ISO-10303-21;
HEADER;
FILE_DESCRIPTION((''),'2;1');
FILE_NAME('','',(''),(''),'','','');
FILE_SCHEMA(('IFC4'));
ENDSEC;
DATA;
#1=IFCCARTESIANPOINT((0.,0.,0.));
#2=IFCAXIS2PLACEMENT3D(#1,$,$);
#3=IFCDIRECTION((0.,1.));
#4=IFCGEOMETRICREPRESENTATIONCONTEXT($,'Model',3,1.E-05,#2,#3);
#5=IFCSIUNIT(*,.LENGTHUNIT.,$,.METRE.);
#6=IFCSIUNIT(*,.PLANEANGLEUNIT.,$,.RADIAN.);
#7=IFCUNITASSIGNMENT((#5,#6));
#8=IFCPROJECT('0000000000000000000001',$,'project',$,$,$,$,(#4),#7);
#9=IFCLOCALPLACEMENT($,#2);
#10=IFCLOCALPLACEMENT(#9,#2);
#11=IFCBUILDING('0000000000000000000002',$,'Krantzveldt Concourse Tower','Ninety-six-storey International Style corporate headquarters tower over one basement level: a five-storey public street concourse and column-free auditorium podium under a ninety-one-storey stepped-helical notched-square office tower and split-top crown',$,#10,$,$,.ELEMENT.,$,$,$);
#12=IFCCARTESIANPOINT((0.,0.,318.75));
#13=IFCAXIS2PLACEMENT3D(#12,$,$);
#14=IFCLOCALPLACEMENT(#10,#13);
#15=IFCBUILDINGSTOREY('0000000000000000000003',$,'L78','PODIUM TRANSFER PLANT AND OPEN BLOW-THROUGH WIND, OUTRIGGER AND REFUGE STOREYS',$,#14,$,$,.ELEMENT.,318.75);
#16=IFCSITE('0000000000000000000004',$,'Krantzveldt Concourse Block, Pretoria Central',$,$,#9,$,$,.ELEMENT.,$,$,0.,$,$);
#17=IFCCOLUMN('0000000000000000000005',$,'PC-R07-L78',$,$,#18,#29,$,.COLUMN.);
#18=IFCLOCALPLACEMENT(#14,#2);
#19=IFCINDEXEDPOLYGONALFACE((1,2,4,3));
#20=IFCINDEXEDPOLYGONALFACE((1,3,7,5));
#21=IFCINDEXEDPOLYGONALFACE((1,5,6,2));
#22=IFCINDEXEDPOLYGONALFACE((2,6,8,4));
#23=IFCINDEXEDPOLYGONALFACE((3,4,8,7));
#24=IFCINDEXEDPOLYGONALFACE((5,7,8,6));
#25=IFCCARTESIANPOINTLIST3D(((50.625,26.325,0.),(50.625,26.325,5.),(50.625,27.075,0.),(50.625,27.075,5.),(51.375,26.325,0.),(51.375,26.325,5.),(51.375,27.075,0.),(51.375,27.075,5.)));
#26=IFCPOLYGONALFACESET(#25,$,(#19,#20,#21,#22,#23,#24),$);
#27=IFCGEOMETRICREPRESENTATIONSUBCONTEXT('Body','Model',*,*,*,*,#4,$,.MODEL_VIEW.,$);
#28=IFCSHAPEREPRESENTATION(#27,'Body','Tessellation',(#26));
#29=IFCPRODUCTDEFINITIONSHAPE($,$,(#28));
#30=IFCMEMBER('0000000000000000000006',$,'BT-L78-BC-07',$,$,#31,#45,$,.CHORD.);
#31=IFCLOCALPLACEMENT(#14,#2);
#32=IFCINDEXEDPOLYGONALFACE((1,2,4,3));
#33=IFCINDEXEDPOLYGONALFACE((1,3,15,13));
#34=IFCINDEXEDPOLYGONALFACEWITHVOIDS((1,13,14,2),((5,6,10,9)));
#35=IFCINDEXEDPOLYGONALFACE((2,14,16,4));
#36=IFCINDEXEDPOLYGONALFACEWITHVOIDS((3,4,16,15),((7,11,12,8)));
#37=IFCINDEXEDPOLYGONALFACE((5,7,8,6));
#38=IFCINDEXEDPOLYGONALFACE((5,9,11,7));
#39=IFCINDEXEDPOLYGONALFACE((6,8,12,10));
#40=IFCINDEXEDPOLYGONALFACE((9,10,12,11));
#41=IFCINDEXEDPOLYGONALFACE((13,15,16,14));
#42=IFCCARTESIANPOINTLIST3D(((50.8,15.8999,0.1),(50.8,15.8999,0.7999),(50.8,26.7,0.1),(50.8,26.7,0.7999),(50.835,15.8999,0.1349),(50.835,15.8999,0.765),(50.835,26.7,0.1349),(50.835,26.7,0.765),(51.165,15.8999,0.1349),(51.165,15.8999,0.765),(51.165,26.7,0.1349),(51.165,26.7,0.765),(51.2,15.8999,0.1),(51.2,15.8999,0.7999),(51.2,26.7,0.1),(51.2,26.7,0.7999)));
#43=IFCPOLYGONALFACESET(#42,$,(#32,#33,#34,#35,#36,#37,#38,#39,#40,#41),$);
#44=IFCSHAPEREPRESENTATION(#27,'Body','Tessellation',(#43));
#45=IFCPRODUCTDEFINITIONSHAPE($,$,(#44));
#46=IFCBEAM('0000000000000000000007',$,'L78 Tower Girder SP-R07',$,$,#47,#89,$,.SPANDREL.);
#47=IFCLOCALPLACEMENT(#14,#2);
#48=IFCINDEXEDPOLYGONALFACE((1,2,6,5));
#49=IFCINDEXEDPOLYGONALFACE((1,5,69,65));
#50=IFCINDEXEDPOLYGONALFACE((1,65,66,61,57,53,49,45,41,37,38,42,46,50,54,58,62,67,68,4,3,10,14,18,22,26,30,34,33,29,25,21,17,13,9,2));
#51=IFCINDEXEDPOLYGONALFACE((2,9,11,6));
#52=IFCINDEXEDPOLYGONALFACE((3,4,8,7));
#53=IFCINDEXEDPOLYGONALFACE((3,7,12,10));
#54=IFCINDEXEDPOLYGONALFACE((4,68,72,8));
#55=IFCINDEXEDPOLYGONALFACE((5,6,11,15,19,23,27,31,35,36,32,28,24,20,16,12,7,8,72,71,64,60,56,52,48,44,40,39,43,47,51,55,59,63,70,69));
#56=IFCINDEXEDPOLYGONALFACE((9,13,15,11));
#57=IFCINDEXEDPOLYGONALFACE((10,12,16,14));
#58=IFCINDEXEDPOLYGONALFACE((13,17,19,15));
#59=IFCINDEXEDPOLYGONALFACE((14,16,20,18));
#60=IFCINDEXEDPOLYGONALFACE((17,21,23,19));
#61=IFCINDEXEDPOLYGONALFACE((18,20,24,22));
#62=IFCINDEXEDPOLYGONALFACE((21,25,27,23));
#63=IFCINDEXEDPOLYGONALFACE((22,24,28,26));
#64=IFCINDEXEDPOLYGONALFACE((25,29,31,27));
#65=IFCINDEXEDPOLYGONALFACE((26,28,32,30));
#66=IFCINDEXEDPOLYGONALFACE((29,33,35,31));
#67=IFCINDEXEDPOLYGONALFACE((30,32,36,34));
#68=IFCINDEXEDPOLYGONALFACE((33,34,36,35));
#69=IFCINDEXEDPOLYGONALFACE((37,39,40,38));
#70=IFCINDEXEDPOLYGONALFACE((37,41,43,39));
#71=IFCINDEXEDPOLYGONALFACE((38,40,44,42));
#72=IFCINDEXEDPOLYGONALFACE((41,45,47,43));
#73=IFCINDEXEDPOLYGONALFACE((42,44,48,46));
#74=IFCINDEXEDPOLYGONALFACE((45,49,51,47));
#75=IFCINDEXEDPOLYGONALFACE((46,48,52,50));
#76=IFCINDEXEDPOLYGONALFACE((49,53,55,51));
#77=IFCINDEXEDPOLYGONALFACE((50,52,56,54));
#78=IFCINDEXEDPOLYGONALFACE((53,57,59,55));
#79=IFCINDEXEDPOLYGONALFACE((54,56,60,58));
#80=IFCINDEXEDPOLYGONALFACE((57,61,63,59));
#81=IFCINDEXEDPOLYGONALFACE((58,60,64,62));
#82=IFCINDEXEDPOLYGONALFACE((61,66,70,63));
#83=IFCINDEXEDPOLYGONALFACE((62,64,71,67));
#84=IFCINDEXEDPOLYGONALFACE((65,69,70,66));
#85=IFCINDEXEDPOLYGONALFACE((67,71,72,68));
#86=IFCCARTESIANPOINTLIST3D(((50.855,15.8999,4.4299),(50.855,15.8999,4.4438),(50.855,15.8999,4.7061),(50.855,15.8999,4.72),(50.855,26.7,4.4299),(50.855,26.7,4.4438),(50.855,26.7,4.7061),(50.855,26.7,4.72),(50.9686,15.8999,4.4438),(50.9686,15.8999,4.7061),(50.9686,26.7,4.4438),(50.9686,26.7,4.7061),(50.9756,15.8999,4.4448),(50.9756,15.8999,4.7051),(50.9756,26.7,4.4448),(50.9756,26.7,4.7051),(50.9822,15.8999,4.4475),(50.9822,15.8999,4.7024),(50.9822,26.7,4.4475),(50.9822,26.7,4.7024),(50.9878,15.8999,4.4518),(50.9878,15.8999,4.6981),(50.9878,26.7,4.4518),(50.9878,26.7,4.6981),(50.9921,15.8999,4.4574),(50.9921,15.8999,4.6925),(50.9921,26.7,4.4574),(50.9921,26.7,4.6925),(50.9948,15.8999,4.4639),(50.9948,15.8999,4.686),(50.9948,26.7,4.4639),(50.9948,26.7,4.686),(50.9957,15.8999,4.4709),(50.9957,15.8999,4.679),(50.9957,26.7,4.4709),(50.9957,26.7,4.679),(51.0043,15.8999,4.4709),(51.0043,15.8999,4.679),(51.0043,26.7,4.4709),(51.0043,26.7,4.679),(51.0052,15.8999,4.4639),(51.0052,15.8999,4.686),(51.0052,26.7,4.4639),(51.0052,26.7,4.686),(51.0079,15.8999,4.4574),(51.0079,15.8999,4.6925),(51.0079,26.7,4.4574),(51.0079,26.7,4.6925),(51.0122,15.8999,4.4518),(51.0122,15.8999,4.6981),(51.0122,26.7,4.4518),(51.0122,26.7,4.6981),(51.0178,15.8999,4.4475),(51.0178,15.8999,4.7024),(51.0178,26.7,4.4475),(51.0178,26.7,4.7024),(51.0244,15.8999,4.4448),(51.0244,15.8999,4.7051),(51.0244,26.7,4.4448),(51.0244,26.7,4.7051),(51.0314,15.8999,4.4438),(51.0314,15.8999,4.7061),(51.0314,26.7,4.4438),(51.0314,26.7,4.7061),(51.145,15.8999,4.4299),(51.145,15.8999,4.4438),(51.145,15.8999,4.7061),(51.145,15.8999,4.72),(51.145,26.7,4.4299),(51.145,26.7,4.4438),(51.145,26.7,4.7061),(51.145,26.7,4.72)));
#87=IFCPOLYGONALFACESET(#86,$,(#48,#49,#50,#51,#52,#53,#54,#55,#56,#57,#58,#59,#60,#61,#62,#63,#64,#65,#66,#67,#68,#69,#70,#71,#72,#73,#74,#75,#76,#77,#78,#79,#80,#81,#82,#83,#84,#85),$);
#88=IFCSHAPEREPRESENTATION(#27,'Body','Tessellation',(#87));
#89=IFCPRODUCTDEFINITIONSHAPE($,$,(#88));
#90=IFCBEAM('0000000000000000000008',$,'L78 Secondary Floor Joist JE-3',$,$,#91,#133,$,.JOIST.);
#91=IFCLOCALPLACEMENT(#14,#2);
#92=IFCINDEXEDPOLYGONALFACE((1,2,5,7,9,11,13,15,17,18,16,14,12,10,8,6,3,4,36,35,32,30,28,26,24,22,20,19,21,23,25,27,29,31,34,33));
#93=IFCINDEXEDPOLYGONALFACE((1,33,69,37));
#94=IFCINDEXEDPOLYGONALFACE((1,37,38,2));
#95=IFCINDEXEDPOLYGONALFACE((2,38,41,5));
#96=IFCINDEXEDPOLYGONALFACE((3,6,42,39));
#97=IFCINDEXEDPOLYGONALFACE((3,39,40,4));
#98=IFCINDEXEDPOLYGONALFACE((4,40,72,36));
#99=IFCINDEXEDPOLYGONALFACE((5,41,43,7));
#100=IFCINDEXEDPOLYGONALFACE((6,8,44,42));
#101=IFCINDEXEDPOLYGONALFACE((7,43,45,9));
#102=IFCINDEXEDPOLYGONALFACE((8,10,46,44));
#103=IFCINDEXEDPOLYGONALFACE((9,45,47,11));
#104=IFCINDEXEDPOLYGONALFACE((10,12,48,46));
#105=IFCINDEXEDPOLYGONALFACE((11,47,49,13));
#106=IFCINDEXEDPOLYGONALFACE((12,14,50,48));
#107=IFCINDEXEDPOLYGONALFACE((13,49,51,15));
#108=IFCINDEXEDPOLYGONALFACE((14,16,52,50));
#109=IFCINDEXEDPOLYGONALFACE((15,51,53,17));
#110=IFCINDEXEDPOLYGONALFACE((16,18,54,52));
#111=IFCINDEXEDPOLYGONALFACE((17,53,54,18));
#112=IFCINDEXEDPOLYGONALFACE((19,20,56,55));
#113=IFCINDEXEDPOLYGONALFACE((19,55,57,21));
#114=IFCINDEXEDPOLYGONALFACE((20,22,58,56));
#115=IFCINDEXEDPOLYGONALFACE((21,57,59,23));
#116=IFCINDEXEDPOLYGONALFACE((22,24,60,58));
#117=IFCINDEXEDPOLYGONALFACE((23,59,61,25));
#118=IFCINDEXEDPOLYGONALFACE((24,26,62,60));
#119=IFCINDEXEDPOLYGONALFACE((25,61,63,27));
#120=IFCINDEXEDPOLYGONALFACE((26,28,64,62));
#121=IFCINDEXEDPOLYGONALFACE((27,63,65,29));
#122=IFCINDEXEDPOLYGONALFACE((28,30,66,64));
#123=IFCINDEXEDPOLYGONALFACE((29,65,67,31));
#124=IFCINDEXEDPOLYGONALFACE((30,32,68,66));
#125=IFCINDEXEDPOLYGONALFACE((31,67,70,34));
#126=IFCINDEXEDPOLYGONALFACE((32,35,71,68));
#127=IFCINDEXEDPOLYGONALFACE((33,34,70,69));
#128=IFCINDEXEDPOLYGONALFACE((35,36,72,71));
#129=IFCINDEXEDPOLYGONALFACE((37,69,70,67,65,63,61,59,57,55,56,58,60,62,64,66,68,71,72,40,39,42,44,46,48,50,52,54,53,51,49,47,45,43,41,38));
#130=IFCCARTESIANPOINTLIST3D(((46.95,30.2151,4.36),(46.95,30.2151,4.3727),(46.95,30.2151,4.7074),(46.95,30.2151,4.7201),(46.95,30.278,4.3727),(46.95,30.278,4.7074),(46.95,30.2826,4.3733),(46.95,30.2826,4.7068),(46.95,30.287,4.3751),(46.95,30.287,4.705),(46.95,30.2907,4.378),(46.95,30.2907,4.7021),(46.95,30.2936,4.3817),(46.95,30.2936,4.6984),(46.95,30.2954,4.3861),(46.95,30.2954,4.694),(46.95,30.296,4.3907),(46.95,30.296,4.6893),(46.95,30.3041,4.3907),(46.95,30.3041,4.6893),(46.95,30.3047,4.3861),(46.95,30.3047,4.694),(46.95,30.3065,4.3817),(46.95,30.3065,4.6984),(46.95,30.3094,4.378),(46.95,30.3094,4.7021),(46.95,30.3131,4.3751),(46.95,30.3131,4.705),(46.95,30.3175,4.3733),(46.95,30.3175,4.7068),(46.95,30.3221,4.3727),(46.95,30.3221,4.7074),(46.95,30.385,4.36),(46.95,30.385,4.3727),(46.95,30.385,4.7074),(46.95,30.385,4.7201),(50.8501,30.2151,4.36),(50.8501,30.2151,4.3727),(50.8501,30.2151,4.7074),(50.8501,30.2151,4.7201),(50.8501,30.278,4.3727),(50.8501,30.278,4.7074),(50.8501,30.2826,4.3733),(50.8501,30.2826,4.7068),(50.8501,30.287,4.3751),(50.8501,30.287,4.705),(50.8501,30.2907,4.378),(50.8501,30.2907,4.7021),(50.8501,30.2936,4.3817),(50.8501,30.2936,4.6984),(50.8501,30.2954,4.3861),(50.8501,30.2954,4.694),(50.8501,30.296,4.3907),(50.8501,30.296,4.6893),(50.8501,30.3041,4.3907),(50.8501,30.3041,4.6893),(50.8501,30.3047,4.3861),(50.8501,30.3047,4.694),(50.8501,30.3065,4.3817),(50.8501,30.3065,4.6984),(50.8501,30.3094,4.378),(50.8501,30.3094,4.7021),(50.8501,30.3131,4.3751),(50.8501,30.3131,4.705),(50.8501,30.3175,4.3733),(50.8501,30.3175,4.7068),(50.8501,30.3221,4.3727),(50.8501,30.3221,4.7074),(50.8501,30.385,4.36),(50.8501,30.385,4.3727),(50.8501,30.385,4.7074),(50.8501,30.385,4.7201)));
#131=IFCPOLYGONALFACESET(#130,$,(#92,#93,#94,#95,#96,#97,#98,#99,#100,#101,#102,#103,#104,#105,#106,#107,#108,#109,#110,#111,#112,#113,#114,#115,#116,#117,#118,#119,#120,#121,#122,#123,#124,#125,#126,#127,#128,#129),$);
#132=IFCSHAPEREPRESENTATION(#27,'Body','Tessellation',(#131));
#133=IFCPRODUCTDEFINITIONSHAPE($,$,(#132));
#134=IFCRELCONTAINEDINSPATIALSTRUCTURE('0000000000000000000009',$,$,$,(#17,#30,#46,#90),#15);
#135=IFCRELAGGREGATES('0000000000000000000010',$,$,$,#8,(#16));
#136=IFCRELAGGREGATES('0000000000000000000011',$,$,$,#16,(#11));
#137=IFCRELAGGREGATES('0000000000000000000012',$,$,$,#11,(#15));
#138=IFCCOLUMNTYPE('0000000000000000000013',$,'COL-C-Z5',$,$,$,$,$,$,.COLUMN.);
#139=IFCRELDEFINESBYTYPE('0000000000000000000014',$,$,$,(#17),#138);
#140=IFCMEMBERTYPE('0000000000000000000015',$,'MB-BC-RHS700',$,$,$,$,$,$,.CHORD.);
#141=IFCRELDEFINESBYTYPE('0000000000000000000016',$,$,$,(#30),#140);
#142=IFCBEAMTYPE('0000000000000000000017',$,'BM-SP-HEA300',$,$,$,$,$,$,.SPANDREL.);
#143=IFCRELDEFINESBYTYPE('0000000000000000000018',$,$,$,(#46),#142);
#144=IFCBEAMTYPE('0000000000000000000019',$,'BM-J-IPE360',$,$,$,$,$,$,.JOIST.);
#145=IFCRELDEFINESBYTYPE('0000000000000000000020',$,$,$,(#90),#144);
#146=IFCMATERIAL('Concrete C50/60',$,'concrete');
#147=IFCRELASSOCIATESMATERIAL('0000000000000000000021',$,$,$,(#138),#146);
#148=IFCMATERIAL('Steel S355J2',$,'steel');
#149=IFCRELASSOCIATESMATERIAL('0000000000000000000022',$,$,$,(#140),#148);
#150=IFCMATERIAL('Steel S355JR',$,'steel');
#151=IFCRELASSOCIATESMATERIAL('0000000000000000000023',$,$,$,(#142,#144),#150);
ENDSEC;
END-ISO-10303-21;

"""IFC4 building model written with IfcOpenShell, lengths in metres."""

from ifc_helpers import new_model, si_unit, direction, frame, origin, origin_2d, place, context, subcontext, project, spatial, rectangle, hollow_rectangle, i_section, extrude, source, transform, mapped, material, material_profile, profile_set, type_object, type_shapes, element, save


model = new_model("IFC4")

# Units and contexts
model_context = context("Model", 3, precision=1e-05, world=origin(), true_north=direction((0.0, 1.0)))
body_context = subcontext(model_context, "Body", "Model", "MODEL_VIEW")
ifc_project = project(units=[si_unit("LENGTHUNIT", "METRE"), si_unit("PLANEANGLEUNIT", "RADIAN")], contexts=[model_context])

# Site, building, storey
site_placement = place(None, origin())
site = spatial("IfcSite", under=ifc_project, at=site_placement, Name="Krantzveldt Concourse Block, Pretoria Central", CompositionType="ELEMENT", RefElevation=0.0)
building_placement = place(site_placement, origin())
building = spatial("IfcBuilding", under=site, at=building_placement, Name="Krantzveldt Concourse Tower", Description="Ninety-six-storey International Style corporate headquarters tower over one basement level: a five-storey public street concourse and column-free auditorium podium under a ninety-one-storey stepped-helical notched-square office tower and split-top crown", CompositionType="ELEMENT")
storey_placement = place(building_placement, frame((0.0, 0.0, 318.75)))
storey = spatial("IfcBuildingStorey", under=building, at=storey_placement, Name="L78", Description="PODIUM TRANSFER PLANT AND OPEN BLOW-THROUGH WIND, OUTRIGGER AND REFUGE STOREYS", CompositionType="ELEMENT", Elevation=318.75)

# Column
ifc_material_1 = material(Name="Concrete C50/60", Category="concrete")
ifc_material_profile_1 = material_profile(ifc_material_1, rectangle(XDim=0.75, YDim=0.75, at=origin_2d()), Name="Concrete C50/60", Category="concrete")
ifc_profile_set_1 = profile_set([ifc_material_profile_1], Name="Concrete C50/60 - RC 750x750")
column_type = type_object("IfcColumnType", Name="COL-C-Z5", PredefinedType="COLUMN", material=ifc_profile_set_1)
shared_shape_1 = source(origin(), body_context, "Body", "SweptSolid", [
    extrude(rectangle(XDim=0.75, YDim=0.75, at=origin_2d()), origin(), (0.0, 0.0, 1.0), 5.0),
])
type_shapes(column_type, [shared_shape_1])
column_placement = place(storey_placement, frame((51.0, 26.7, 0.0), z_axis=(0.0, 0.0, 1.0), x_axis=(1.0, 0.0, 0.0)))
element("IfcColumn", 1, at=column_placement, inside=storey, type_object=column_type, Name="PC-R07-L78", PredefinedType="COLUMN", context=body_context, shape_type="MappedRepresentation", body=[
    mapped(shared_shape_1, transform((0.0, 0.0, 0.0), x_axis=(1.0, 0.0, 0.0), y_axis=(0.0, 1.0, 0.0), z_axis=(0.0, 0.0, 1.0), scale=1.0)),
])

# Member
ifc_material_2 = material(Name="Steel S355J2", Category="steel")
ifc_material_profile_2 = material_profile(ifc_material_2, hollow_rectangle(XDim=0.3999, YDim=0.7, WallThickness=0.0349, at=origin_2d()), Name="Steel S355J2", Category="steel")
ifc_profile_set_2 = profile_set([ifc_material_profile_2], Name="Steel S355J2 - RHS 700x400x35")
member_type_1 = type_object("IfcMemberType", Name="MB-BC-RHS700", PredefinedType="CHORD", material=ifc_profile_set_2)
shared_shape_2 = source(origin(), body_context, "Body", "SweptSolid", [
    extrude(hollow_rectangle(XDim=0.3999, YDim=0.7, WallThickness=0.0349, at=origin_2d()), origin(), (0.0, 0.0, 1.0), 10.8),
])
type_shapes(member_type_1, [shared_shape_2])
member_1_placement = place(storey_placement, frame((51.0, 26.7, 0.45), z_axis=(0.0, -1.0, 0.0), x_axis=(1.0, 0.0, 0.0)))
element("IfcMember", 2, at=member_1_placement, inside=storey, type_object=member_type_1, Name="BT-L78-BC-07", PredefinedType="CHORD", context=body_context, shape_type="MappedRepresentation", body=[
    mapped(shared_shape_2, transform((0.0, 0.0, 0.0), x_axis=(1.0, 0.0, 0.0), y_axis=(0.0, 1.0, 0.0), z_axis=(0.0, 0.0, 1.0), scale=1.0)),
])

# Beams
ifc_material_3 = material(Name="Steel S355JR", Category="steel")
ifc_material_profile_3 = material_profile(ifc_material_3, i_section(OverallWidth=0.29, OverallDepth=0.29, WebThickness=0.0085, FlangeThickness=0.0139, FilletRadius=0.0271, at=origin_2d()), Name="Steel S355JR", Category="steel")
ifc_profile_set_3 = profile_set([ifc_material_profile_3], Name="Steel S355JR - HEA 300")
beam_type_1 = type_object("IfcBeamType", Name="BM-SP-HEA300", PredefinedType="SPANDREL", material=ifc_profile_set_3)
shared_shape_3 = source(origin(), body_context, "Body", "SweptSolid", [
    extrude(i_section(OverallWidth=0.29, OverallDepth=0.29, WebThickness=0.0085, FlangeThickness=0.0139, FilletRadius=0.0271, at=origin_2d()), origin(), (0.0, 0.0, 1.0), 10.8),
])
type_shapes(beam_type_1, [shared_shape_3])
beam_1_placement = place(storey_placement, frame((51.0, 26.7, 4.575), z_axis=(0.0, -1.0, 0.0), x_axis=(1.0, 0.0, 0.0)))
element("IfcBeam", 3, at=beam_1_placement, inside=storey, type_object=beam_type_1, Name="L78 Tower Girder SP-R07", PredefinedType="SPANDREL", context=body_context, shape_type="MappedRepresentation", body=[
    mapped(shared_shape_3, transform((0.0, 0.0, 0.0), x_axis=(1.0, 0.0, 0.0), y_axis=(0.0, 1.0, 0.0), z_axis=(0.0, 0.0, 1.0), scale=1.0)),
])
ifc_material_profile_4 = material_profile(ifc_material_3, i_section(OverallWidth=0.1699, OverallDepth=0.3601, WebThickness=0.0081, FlangeThickness=0.0127, FilletRadius=0.0181, at=origin_2d()), Name="Steel S355JR", Category="steel")
ifc_profile_set_4 = profile_set([ifc_material_profile_4], Name="Steel S355JR - IPE 360")
beam_type_2 = type_object("IfcBeamType", Name="BM-J-IPE360", PredefinedType="JOIST", material=ifc_profile_set_4)
shared_shape_4 = source(origin(), body_context, "Body", "SweptSolid", [
    extrude(i_section(OverallWidth=0.1699, OverallDepth=0.3601, WebThickness=0.0081, FlangeThickness=0.0127, FilletRadius=0.0181, at=origin_2d()), origin(), (0.0, 0.0, 1.0), 3.9001),
])
type_shapes(beam_type_2, [shared_shape_4])
beam_2_placement = place(storey_placement, frame((46.95, 30.3, 4.54), z_axis=(1.0, 0.0, 0.0), x_axis=(0.0, 1.0, 0.0)))
element("IfcBeam", 4, at=beam_2_placement, inside=storey, type_object=beam_type_2, Name="L78 Secondary Floor Joist JE-3", PredefinedType="JOIST", context=body_context, shape_type="MappedRepresentation", body=[
    mapped(shared_shape_4, transform((0.0, 0.0, 0.0), x_axis=(1.0, 0.0, 0.0), y_axis=(0.0, 1.0, 0.0), z_axis=(0.0, 0.0, 1.0), scale=1.0)),
])

save(model, "model.ifc")
